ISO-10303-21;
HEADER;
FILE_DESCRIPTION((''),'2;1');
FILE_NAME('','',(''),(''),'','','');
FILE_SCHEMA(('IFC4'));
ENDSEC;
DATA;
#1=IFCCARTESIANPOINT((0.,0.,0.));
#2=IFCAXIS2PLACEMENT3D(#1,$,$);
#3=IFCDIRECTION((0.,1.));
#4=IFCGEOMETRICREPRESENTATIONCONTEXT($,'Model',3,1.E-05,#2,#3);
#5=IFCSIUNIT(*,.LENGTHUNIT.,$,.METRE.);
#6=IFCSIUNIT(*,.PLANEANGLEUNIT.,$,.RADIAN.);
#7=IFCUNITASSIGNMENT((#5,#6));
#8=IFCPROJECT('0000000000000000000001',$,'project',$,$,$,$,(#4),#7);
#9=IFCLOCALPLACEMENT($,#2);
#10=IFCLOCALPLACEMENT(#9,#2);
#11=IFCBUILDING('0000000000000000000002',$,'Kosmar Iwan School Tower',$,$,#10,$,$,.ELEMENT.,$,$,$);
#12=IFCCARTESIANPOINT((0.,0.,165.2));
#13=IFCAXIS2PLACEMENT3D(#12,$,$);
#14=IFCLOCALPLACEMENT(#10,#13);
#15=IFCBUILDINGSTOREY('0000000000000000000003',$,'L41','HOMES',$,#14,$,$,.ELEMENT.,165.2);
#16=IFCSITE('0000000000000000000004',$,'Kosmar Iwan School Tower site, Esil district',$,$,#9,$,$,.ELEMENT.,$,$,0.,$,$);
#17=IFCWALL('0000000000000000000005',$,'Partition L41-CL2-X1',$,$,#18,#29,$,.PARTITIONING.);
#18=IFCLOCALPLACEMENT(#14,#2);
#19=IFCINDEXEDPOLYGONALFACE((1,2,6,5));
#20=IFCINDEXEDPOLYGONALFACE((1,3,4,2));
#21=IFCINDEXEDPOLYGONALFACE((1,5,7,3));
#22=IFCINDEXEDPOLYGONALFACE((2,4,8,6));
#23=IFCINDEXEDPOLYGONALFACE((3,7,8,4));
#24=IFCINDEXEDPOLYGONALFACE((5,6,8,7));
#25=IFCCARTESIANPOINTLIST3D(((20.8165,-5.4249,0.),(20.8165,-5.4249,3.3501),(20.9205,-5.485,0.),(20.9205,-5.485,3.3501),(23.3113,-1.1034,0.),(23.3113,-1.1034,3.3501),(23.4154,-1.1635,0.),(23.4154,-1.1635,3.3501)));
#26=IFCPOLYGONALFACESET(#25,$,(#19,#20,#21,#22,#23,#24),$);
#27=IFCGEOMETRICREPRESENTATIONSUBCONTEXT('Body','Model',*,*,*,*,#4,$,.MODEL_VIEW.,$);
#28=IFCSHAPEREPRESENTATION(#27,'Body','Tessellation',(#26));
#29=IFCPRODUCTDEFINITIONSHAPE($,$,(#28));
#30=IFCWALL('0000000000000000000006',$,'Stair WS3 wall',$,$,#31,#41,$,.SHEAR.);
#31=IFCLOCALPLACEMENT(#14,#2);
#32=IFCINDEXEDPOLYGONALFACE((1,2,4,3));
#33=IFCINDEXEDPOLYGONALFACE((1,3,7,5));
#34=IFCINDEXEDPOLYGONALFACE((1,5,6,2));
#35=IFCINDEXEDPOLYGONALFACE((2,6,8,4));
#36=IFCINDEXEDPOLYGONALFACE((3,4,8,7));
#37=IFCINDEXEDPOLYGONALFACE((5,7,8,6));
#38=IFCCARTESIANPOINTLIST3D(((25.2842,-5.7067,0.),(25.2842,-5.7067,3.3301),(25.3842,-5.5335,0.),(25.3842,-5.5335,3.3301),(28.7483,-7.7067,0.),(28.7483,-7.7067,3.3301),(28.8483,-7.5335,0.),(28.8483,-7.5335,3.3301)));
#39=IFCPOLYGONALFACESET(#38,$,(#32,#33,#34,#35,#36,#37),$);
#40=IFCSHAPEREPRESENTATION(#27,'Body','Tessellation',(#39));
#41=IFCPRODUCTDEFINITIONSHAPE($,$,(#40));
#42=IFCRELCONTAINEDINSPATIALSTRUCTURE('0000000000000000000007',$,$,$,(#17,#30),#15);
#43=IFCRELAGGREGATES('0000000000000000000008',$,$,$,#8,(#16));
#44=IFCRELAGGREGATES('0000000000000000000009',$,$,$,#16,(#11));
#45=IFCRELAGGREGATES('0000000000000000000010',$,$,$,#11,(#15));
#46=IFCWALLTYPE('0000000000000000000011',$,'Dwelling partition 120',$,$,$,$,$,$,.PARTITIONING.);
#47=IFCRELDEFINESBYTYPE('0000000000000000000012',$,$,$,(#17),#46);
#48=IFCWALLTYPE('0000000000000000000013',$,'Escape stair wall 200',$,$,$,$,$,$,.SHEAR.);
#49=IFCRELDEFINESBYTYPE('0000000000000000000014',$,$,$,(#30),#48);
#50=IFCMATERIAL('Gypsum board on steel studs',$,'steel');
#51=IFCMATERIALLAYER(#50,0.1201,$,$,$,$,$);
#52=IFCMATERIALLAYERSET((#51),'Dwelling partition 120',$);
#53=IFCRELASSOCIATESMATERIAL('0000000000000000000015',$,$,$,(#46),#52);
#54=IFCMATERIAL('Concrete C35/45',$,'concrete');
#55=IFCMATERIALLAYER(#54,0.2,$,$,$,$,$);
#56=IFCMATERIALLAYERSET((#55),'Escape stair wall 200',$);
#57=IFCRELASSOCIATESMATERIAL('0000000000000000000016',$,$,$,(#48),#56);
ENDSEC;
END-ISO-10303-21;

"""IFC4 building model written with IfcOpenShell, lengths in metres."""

from ifc_helpers import new_model, si_unit, direction, frame, frame_2d, origin, place, context, subcontext, project, spatial, rectangle, extrude, material, layer, layer_set, type_object, element, save


model = new_model("IFC4")

# Units and contexts
model_context = context("Model", 3, precision=1e-05, world=origin(), true_north=direction((0.0, 1.0)))
body_context = subcontext(model_context, "Body", "Model", "MODEL_VIEW")
ifc_project = project(units=[si_unit("LENGTHUNIT", "METRE"), si_unit("PLANEANGLEUNIT", "RADIAN")], contexts=[model_context])

# Site, building, storey
site_placement = place(None, origin())
site = spatial("IfcSite", under=ifc_project, at=site_placement, Name="Kosmar Iwan School Tower site, Esil district", CompositionType="ELEMENT", RefElevation=0.0)
building_placement = place(site_placement, origin())
building = spatial("IfcBuilding", under=site, at=building_placement, Name="Kosmar Iwan School Tower", CompositionType="ELEMENT")
storey_placement = place(building_placement, frame((0.0, 0.0, 165.2)))
storey = spatial("IfcBuildingStorey", under=building, at=storey_placement, Name="L41", Description="HOMES", CompositionType="ELEMENT", Elevation=165.2)

# Shared definitions
ifc_material_1 = material(Name="Gypsum board on steel studs", Category="steel")
ifc_layer_1 = layer(ifc_material_1, 0.1201)
ifc_layer_set_1 = layer_set([ifc_layer_1], Name="Dwelling partition 120")
wall_type_1 = type_object("IfcWallType", Name="Dwelling partition 120", PredefinedType="PARTITIONING", material=ifc_layer_set_1)

# Walls
wall_1_placement = place(storey_placement, frame((20.8684, -5.4551, 0.0), z_axis=(0.0, 0.0, 1.0), x_axis=(0.499975, 0.86604, 0.0)))
element("IfcWall", 1, at=wall_1_placement, inside=storey, type_object=wall_type_1, Name="Partition L41-CL2-X1", PredefinedType="PARTITIONING", context=body_context, shape_type="SweptSolid", body=[
    extrude(rectangle(XDim=4.99, YDim=0.1201, at=frame_2d((2.4951, 0.0))), origin(), (0.0, 0.0, 1.0), 3.3501),
])
ifc_material_2 = material(Name="Concrete C35/45", Category="concrete")
ifc_layer_2 = layer(ifc_material_2, 0.2)
ifc_layer_set_2 = layer_set([ifc_layer_2], Name="Escape stair wall 200")
wall_type_2 = type_object("IfcWallType", Name="Escape stair wall 200", PredefinedType="SHEAR", material=ifc_layer_set_2)
wall_2_placement = place(storey_placement, frame((25.3342, -5.6201, 0.0), z_axis=(0.0, 0.0, 1.0), x_axis=(0.866026, -0.499999, 0.0)))
element("IfcWall", 2, at=wall_2_placement, inside=storey, type_object=wall_type_2, Name="Stair WS3 wall", PredefinedType="SHEAR", context=body_context, shape_type="SweptSolid", body=[
    extrude(rectangle(XDim=4.0, YDim=0.2, at=frame_2d((2.0, 0.0))), origin(), (0.0, 0.0, 1.0), 3.3301),
])

save(model, "model.ifc")
